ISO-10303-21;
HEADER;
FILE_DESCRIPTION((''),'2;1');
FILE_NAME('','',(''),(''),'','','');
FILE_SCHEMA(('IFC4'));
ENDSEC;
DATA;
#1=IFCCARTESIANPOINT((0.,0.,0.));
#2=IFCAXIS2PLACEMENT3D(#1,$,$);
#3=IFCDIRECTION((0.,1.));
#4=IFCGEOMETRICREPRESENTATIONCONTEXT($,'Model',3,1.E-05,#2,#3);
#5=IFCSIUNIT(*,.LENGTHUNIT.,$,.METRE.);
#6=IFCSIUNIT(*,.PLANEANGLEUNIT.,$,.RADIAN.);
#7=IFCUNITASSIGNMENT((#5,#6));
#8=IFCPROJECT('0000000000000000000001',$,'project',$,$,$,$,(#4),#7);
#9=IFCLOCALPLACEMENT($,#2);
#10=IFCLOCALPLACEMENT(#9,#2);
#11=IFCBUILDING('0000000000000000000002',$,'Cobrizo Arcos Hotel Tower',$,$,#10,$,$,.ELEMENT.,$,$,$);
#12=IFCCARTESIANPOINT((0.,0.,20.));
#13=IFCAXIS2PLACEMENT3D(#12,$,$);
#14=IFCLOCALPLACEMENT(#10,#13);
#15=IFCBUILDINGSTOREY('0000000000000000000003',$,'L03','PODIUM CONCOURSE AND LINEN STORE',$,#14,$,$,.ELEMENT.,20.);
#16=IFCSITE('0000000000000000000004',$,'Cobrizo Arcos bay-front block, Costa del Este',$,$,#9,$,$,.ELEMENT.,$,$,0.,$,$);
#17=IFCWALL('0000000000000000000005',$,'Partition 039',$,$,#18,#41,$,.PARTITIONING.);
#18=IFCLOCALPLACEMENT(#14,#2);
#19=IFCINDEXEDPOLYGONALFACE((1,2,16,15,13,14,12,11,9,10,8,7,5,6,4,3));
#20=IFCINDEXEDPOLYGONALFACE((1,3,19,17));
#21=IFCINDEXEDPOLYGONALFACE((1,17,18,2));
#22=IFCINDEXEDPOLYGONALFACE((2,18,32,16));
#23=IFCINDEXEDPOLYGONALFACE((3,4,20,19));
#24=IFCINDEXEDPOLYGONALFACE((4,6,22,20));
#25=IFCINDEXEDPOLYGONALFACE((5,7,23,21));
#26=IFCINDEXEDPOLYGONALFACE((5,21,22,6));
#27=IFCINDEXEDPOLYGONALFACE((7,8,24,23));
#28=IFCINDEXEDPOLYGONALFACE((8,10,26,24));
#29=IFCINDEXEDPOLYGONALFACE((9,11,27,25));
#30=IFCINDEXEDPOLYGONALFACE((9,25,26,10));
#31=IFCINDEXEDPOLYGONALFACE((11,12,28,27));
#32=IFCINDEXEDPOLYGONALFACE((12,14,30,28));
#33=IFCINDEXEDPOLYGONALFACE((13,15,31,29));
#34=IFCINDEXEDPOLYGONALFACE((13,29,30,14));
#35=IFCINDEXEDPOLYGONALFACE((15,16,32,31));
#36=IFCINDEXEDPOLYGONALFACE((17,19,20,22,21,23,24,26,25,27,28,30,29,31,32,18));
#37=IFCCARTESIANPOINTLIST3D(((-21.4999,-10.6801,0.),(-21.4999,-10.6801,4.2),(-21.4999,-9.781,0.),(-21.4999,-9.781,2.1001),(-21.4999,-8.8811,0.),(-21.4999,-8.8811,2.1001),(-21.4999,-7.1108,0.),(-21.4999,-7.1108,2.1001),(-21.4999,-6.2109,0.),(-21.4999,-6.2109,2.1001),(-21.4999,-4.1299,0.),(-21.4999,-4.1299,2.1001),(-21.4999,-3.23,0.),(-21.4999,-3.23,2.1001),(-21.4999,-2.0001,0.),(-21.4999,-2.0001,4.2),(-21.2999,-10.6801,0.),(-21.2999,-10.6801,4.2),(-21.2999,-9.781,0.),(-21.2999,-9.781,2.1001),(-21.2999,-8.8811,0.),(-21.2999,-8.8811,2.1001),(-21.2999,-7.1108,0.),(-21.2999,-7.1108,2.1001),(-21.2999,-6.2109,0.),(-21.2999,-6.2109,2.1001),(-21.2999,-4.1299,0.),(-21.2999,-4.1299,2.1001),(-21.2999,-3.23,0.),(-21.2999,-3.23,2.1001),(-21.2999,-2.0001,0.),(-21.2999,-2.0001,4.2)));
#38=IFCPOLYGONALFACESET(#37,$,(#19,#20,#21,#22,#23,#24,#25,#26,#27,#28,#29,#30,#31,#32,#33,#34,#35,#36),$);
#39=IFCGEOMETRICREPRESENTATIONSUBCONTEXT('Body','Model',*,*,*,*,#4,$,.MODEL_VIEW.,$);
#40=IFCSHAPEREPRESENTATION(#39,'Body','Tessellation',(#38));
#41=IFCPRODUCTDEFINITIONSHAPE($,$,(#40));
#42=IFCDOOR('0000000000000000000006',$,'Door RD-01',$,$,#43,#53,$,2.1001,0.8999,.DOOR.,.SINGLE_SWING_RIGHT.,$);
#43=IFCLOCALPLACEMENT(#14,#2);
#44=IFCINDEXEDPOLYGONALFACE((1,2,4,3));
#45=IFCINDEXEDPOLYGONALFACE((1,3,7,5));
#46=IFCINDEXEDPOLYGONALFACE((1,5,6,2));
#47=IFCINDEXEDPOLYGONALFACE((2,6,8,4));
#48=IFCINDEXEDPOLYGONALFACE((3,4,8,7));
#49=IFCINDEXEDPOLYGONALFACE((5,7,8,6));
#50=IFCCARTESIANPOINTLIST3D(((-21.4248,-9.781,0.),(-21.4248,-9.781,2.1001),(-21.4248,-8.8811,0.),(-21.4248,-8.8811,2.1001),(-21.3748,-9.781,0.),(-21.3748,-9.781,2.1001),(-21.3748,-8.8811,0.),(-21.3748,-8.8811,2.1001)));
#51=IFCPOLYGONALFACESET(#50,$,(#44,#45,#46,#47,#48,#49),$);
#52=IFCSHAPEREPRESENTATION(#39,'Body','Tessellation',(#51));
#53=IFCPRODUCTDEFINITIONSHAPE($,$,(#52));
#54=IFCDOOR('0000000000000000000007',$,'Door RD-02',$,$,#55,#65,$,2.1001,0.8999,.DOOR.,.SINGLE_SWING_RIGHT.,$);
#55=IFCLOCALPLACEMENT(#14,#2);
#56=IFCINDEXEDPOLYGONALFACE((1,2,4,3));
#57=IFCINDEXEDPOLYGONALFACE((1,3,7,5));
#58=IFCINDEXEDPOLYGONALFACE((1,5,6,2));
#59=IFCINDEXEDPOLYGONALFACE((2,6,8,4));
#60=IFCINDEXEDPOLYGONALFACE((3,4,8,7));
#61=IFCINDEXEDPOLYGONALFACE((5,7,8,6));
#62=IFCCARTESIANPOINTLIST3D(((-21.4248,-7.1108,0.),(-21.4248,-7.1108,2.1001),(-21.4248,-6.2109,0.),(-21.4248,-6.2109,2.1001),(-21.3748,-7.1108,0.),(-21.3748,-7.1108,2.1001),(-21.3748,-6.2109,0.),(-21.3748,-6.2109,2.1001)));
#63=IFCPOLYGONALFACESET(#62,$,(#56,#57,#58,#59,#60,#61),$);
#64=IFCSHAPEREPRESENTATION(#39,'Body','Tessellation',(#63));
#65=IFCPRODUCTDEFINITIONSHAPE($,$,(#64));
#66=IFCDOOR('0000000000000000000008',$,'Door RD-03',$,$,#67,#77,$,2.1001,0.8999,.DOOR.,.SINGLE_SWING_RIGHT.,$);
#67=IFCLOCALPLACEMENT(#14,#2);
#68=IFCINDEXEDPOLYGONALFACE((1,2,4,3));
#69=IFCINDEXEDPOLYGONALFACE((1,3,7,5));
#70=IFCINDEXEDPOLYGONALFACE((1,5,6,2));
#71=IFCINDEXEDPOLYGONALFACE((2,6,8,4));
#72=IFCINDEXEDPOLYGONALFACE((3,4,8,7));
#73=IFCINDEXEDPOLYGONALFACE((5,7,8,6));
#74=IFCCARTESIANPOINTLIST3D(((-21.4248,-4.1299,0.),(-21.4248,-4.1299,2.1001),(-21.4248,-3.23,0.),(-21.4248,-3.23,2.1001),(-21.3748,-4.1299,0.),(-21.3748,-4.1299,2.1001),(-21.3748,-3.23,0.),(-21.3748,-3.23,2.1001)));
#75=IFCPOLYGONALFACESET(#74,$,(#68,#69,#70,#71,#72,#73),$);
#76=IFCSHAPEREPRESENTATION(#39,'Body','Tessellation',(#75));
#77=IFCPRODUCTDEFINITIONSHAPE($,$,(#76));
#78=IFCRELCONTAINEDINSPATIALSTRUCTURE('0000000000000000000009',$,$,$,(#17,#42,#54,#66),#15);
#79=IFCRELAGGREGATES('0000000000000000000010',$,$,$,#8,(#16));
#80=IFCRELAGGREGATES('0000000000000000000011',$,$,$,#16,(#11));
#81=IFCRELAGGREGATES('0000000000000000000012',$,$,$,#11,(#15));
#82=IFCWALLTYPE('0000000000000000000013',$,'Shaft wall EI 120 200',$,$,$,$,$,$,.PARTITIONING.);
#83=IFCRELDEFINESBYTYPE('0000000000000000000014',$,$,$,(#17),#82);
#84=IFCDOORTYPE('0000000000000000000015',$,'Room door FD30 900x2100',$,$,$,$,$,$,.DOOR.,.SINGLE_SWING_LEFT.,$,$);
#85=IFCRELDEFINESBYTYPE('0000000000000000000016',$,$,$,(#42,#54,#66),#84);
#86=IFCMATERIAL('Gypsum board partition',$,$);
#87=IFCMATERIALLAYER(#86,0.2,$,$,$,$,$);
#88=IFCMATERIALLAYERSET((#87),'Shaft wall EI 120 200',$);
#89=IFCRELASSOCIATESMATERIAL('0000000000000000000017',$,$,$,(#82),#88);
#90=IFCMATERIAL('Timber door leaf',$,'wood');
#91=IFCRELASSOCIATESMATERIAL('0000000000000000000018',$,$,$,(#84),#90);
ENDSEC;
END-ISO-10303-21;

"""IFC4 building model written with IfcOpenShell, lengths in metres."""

from ifc_helpers import new_model, si_unit, direction, frame, frame_2d, origin, place, context, subcontext, project, spatial, rectangle, extrude, material, layer, layer_set, type_object, element, fill, save


model = new_model("IFC4")

# Units and contexts
model_context = context("Model", 3, precision=1e-05, world=origin(), true_north=direction((0.0, 1.0)))
body_context = subcontext(model_context, "Body", "Model", "MODEL_VIEW")
ifc_project = project(units=[si_unit("LENGTHUNIT", "METRE"), si_unit("PLANEANGLEUNIT", "RADIAN")], contexts=[model_context])

# Site, building, storey
site_placement = place(None, origin())
site = spatial("IfcSite", under=ifc_project, at=site_placement, Name="Cobrizo Arcos bay-front block, Costa del Este", CompositionType="ELEMENT", RefElevation=0.0)
building_placement = place(site_placement, origin())
building = spatial("IfcBuilding", under=site, at=building_placement, Name="Cobrizo Arcos Hotel Tower", CompositionType="ELEMENT")
storey_placement = place(building_placement, frame((0.0, 0.0, 20.0)))
storey = spatial("IfcBuildingStorey", under=building, at=storey_placement, Name="L03", Description="PODIUM CONCOURSE AND LINEN STORE", CompositionType="ELEMENT", Elevation=20.0)

# Shared definitions
ifc_material_1 = material(Name="Gypsum board partition")

# Wall, openings, doors
ifc_layer_1 = layer(ifc_material_1, 0.2)
ifc_layer_set_1 = layer_set([ifc_layer_1], Name="Shaft wall EI 120 200")
wall_type_1 = type_object("IfcWallType", Name="Shaft wall EI 120 200", PredefinedType="PARTITIONING", material=ifc_layer_set_1)
wall_1_placement = place(storey_placement, frame((-21.3999, -10.6799, 0.0), z_axis=(0.0, 0.0, 1.0), x_axis=(0.0, 1.0, 0.0)))
wall_1 = element("IfcWall", 1, at=wall_1_placement, inside=storey, type_object=wall_type_1, Name="Partition 039", PredefinedType="PARTITIONING", context=body_context, shape_type="SweptSolid", body=[
    extrude(rectangle(XDim=8.6799, YDim=0.2, at=frame_2d((4.3398, 0.0))), origin(), (0.0, 0.0, 1.0), 4.2),
])
opening_1_placement = place(wall_1_placement, frame((0.8989, 0.0, 0.0)))
opening_1 = element("IfcOpeningElement", 2, at=opening_1_placement, cuts=wall_1, PredefinedType="OPENING", context=body_context, shape_type="SweptSolid", body=[
    extrude(rectangle(XDim=0.8999, YDim=2.1001, at=frame_2d((0.45, 1.05))), frame((0.0, 0.1121, 0.0), z_axis=(0.0, -1.0, 0.0), x_axis=(1.0, 0.0, 0.0)), (0.0, 0.0, 1.0), 0.2239),
])
opening_2_placement = place(wall_1_placement, frame((3.5691, 0.0, 0.0)))
opening_2 = element("IfcOpeningElement", 3, at=opening_2_placement, cuts=wall_1, PredefinedType="OPENING", context=body_context, shape_type="SweptSolid", body=[
    extrude(rectangle(XDim=0.8999, YDim=2.1001, at=frame_2d((0.45, 1.05))), frame((0.0, 0.1121, 0.0), z_axis=(0.0, -1.0, 0.0), x_axis=(1.0, 0.0, 0.0)), (0.0, 0.0, 1.0), 0.2239),
])
opening_3_placement = place(wall_1_placement, frame((6.55, 0.0, 0.0)))
opening_3 = element("IfcOpeningElement", 4, at=opening_3_placement, cuts=wall_1, PredefinedType="OPENING", context=body_context, shape_type="SweptSolid", body=[
    extrude(rectangle(XDim=0.8999, YDim=2.1001, at=frame_2d((0.45, 1.05))), frame((0.0, 0.1121, 0.0), z_axis=(0.0, -1.0, 0.0), x_axis=(1.0, 0.0, 0.0)), (0.0, 0.0, 1.0), 0.2239),
])
ifc_material_2 = material(Name="Timber door leaf", Category="wood")
door_type = type_object("IfcDoorType", Name="Room door FD30 900x2100", OperationType="SINGLE_SWING_LEFT", PredefinedType="DOOR", material=ifc_material_2)
door_1_placement = place(opening_1_placement, origin())
door_1 = element("IfcDoor", 5, at=door_1_placement, inside=storey, type_object=door_type, Name="Door RD-01", OperationType="SINGLE_SWING_RIGHT", OverallHeight=2.1001, OverallWidth=0.8999, PredefinedType="DOOR", context=body_context, shape_type="SweptSolid", body=[
    extrude(rectangle(XDim=0.8999, YDim=2.1001, at=frame_2d((0.45, 1.05))), frame((0.0, 0.0249, 0.0), z_axis=(0.0, -1.0, 0.0), x_axis=(1.0, 0.0, 0.0)), (0.0, 0.0, 1.0), 0.05),
])
fill(opening_1, door_1)
door_2_placement = place(opening_2_placement, origin())
door_2 = element("IfcDoor", 6, at=door_2_placement, inside=storey, type_object=door_type, Name="Door RD-02", OperationType="SINGLE_SWING_RIGHT", OverallHeight=2.1001, OverallWidth=0.8999, PredefinedType="DOOR", context=body_context, shape_type="SweptSolid", body=[
    extrude(rectangle(XDim=0.8999, YDim=2.1001, at=frame_2d((0.45, 1.05))), frame((0.0, 0.0249, 0.0), z_axis=(0.0, -1.0, 0.0), x_axis=(1.0, 0.0, 0.0)), (0.0, 0.0, 1.0), 0.05),
])
fill(opening_2, door_2)
door_3_placement = place(opening_3_placement, origin())
door_3 = element("IfcDoor", 7, at=door_3_placement, inside=storey, type_object=door_type, Name="Door RD-03", OperationType="SINGLE_SWING_RIGHT", OverallHeight=2.1001, OverallWidth=0.8999, PredefinedType="DOOR", context=body_context, shape_type="SweptSolid", body=[
    extrude(rectangle(XDim=0.8999, YDim=2.1001, at=frame_2d((0.45, 1.05))), frame((0.0, 0.0249, 0.0), z_axis=(0.0, -1.0, 0.0), x_axis=(1.0, 0.0, 0.0)), (0.0, 0.0, 1.0), 0.05),
])
fill(opening_3, door_3)

save(model, "model.ifc")
